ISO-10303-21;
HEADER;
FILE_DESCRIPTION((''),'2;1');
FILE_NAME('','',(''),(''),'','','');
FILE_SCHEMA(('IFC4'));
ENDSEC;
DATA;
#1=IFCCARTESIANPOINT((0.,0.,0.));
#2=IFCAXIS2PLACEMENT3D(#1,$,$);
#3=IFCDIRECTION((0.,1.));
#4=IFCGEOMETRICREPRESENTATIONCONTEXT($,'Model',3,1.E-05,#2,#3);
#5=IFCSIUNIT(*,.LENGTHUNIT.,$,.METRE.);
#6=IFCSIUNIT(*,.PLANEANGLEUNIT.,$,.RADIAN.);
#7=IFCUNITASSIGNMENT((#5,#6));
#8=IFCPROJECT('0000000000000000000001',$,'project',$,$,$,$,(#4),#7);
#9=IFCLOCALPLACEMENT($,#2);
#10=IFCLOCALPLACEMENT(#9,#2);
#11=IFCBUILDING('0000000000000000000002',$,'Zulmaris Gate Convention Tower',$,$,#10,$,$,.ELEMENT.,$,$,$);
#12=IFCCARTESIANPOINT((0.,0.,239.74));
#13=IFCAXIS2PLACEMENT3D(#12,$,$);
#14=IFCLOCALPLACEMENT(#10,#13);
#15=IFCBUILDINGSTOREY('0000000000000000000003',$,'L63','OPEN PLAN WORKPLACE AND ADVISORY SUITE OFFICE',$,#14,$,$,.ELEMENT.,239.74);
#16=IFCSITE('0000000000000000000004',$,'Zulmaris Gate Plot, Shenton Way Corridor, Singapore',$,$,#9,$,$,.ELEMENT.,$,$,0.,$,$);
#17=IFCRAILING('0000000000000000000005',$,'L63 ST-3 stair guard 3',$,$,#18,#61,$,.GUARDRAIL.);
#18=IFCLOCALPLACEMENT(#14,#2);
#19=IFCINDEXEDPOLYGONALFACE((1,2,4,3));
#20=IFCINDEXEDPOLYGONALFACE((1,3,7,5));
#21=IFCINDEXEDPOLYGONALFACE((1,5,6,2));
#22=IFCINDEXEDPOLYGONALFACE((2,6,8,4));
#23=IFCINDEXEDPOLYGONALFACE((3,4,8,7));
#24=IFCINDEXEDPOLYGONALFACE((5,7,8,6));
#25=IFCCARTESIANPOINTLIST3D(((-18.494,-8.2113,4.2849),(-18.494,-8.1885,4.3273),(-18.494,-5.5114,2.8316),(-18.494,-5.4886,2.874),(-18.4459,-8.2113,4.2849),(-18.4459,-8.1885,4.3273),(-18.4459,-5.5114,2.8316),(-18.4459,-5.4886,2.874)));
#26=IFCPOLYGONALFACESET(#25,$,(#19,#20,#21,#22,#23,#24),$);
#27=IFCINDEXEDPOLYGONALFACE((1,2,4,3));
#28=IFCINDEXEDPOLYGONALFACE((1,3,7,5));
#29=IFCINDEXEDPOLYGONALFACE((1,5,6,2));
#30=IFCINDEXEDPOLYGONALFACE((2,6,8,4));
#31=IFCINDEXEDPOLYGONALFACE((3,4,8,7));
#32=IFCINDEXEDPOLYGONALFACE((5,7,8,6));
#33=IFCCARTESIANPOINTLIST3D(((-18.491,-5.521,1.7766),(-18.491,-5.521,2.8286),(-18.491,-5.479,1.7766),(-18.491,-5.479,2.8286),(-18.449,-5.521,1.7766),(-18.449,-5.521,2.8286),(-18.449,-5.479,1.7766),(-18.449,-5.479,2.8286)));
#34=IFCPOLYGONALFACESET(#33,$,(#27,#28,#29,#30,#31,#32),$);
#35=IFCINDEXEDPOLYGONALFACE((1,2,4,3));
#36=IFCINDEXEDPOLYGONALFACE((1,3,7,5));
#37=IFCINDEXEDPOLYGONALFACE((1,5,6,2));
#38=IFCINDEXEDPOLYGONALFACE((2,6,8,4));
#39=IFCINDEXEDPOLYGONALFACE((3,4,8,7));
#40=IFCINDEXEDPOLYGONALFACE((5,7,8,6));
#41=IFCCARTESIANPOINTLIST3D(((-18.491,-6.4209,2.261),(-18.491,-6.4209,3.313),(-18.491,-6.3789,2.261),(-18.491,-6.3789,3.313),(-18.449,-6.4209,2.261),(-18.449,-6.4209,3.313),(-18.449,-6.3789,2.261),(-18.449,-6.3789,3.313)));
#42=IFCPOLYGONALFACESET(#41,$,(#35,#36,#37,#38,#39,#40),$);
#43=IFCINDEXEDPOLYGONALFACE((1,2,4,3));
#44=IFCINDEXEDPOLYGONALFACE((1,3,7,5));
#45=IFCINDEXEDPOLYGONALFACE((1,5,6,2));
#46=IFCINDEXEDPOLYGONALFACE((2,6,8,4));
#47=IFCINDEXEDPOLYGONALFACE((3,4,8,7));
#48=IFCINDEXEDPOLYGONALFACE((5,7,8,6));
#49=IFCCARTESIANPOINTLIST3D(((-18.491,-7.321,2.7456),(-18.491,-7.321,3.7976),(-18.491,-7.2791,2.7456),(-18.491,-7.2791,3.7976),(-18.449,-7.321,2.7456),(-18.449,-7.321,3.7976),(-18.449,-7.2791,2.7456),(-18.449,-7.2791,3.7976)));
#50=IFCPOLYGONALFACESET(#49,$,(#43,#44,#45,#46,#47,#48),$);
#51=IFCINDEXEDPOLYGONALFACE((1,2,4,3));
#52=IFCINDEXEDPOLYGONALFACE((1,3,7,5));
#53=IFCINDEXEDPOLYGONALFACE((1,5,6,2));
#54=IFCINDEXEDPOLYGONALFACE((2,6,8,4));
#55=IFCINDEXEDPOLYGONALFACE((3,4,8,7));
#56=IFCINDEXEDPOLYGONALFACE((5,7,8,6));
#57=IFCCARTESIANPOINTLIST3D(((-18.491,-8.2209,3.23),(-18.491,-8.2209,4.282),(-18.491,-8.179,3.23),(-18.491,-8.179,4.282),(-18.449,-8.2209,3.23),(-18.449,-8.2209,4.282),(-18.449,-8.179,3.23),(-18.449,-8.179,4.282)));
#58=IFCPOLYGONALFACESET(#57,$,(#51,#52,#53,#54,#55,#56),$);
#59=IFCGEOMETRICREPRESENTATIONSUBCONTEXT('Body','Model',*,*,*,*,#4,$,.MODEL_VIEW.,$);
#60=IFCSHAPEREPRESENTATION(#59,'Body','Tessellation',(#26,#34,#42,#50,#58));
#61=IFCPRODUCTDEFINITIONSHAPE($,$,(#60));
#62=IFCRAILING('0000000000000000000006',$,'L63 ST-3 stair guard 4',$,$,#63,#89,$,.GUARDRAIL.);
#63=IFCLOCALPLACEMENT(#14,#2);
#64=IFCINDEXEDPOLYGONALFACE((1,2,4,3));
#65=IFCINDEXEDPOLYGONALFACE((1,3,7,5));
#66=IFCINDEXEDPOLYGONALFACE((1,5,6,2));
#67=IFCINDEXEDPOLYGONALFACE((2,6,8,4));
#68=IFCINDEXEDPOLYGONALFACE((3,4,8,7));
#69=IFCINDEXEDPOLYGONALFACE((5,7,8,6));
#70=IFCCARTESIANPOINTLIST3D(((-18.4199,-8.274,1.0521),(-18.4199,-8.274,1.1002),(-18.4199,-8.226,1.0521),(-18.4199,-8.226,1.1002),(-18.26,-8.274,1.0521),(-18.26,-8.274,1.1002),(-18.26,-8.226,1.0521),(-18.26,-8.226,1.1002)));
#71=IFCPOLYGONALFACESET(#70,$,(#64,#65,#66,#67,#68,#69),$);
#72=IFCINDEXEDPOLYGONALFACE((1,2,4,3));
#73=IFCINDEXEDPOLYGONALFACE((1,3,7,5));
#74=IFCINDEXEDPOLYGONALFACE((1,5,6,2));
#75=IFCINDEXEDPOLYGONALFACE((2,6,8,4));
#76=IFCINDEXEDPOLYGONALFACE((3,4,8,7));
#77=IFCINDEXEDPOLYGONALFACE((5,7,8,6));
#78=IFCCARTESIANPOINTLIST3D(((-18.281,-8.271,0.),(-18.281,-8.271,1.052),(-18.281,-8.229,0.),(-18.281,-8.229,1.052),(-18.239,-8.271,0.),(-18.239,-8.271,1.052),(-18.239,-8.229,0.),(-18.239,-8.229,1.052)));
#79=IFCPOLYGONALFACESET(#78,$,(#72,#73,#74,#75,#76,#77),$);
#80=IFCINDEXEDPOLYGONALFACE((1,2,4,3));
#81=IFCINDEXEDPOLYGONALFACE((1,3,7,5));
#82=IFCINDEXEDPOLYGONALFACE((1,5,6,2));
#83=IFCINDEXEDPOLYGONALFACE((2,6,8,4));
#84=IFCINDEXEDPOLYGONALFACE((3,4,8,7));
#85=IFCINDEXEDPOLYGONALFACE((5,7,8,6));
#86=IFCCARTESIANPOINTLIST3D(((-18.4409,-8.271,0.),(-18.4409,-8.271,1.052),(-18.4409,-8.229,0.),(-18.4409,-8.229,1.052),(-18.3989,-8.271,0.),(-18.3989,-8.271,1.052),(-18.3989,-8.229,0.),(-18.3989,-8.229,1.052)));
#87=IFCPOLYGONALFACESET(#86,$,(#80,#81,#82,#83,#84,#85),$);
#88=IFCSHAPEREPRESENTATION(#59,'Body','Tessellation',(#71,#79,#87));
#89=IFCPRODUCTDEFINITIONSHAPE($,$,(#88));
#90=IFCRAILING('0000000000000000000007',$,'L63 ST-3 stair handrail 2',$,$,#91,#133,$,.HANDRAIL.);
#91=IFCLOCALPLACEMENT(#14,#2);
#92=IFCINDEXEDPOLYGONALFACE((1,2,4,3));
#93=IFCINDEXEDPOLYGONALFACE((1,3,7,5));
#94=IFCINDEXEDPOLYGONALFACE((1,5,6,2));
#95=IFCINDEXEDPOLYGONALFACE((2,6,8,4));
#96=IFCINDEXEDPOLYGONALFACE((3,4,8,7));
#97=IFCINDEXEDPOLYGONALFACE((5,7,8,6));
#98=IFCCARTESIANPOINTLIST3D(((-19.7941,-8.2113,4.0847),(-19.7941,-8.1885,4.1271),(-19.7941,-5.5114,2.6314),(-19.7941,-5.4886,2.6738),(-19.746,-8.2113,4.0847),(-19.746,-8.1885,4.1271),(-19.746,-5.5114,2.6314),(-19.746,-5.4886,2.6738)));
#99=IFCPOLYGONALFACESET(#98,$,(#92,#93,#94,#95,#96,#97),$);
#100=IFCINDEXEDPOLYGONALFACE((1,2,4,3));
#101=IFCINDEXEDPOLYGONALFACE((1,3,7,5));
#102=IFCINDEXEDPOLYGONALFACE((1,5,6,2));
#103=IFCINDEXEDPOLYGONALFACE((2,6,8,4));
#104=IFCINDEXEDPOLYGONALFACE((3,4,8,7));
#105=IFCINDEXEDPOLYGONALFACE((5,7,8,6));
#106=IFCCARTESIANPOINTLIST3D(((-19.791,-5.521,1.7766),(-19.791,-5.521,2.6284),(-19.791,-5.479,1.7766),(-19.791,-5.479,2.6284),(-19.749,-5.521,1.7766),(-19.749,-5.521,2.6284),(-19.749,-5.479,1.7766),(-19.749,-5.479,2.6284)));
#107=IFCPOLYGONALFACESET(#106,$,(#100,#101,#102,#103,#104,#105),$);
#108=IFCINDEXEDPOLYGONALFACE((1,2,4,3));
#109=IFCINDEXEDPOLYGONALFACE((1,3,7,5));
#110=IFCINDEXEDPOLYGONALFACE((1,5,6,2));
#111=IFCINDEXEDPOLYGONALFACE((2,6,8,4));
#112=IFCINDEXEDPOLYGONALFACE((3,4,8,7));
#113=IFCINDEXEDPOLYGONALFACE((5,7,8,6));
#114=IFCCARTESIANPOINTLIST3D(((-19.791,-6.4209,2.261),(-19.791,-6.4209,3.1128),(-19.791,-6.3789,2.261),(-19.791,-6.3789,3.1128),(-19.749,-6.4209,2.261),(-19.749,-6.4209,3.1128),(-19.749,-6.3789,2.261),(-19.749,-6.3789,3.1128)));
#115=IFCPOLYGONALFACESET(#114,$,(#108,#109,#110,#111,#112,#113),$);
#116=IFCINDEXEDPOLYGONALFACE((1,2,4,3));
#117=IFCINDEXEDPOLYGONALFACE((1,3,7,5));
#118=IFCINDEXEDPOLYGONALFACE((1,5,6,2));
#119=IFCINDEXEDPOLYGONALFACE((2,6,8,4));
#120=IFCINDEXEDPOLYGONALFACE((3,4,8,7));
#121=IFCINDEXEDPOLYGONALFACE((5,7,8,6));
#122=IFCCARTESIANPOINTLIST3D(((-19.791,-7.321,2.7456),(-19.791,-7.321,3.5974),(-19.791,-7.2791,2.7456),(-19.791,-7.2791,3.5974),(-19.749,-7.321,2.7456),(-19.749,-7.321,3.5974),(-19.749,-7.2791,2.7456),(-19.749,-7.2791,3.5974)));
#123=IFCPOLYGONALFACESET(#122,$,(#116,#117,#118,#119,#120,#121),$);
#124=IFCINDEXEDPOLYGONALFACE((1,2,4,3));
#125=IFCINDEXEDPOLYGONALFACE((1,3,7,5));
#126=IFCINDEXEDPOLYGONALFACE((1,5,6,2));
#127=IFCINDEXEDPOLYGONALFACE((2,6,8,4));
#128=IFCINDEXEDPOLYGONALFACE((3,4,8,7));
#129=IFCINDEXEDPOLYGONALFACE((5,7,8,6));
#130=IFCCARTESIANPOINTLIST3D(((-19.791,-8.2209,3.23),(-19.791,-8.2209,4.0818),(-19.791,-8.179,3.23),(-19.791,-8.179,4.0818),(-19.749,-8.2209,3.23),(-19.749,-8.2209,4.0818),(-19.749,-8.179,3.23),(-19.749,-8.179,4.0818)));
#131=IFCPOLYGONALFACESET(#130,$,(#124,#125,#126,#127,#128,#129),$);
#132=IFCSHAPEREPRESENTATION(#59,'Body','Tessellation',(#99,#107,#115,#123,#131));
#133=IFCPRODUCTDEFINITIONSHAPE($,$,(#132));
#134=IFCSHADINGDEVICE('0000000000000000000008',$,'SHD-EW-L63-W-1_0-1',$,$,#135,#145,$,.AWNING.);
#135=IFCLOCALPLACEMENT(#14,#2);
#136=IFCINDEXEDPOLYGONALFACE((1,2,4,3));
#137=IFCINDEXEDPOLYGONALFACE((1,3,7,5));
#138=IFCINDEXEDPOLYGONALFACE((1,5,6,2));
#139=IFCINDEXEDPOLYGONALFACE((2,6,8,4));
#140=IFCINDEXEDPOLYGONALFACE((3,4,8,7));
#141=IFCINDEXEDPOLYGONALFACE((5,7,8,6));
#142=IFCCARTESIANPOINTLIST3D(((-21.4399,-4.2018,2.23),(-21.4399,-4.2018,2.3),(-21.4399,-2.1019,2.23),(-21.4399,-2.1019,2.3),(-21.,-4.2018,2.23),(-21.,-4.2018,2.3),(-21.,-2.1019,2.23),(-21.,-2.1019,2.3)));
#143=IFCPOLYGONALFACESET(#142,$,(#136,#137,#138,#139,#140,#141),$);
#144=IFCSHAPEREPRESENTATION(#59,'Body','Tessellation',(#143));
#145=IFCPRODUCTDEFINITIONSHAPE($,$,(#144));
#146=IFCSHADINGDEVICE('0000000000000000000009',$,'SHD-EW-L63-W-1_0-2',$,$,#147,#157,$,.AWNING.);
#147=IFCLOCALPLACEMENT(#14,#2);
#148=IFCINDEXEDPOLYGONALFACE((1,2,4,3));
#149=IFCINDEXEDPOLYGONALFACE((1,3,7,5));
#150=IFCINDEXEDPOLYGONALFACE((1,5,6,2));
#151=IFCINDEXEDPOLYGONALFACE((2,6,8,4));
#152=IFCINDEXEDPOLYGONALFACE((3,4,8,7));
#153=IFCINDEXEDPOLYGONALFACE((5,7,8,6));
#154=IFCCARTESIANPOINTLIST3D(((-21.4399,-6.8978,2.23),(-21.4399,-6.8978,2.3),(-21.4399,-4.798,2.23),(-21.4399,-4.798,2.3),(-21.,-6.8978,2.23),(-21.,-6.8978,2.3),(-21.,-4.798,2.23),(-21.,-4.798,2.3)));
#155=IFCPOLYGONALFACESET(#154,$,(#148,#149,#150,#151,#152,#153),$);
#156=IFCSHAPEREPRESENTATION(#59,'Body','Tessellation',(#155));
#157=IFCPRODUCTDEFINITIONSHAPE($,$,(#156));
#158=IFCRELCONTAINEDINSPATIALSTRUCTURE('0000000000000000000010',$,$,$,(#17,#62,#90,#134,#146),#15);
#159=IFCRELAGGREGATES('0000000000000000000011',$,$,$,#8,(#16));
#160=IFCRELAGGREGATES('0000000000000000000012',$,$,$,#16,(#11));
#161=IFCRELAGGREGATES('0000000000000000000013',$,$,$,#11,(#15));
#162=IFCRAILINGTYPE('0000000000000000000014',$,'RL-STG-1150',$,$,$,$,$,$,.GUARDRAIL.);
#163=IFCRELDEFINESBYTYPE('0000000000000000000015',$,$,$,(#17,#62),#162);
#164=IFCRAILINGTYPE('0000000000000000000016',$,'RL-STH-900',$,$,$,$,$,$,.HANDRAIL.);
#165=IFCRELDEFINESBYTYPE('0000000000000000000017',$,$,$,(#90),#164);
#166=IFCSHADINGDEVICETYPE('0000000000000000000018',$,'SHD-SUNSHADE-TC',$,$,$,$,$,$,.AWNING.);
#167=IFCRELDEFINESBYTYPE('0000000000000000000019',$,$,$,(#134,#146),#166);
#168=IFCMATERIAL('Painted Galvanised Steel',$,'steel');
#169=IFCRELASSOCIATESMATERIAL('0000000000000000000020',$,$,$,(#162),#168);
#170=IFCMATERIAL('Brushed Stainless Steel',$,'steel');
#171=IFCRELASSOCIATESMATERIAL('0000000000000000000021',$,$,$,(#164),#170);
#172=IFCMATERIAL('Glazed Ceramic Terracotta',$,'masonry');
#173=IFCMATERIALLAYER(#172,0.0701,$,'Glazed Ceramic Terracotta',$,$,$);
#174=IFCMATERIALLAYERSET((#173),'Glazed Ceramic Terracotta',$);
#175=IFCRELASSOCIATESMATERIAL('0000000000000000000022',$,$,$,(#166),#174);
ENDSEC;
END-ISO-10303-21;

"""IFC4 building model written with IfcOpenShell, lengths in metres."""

from ifc_helpers import new_model, si_unit, direction, frame, frame_2d, origin, origin_2d, place, context, subcontext, project, spatial, rectangle, extrude, material, layer, layer_set, type_object, element, save


model = new_model("IFC4")

# Units and contexts
model_context = context("Model", 3, precision=1e-05, world=origin(), true_north=direction((0.0, 1.0)))
body_context = subcontext(model_context, "Body", "Model", "MODEL_VIEW")
ifc_project = project(units=[si_unit("LENGTHUNIT", "METRE"), si_unit("PLANEANGLEUNIT", "RADIAN")], contexts=[model_context])

# Site, building, storey
site_placement = place(None, origin())
site = spatial("IfcSite", under=ifc_project, at=site_placement, Name="Zulmaris Gate Plot, Shenton Way Corridor, Singapore", CompositionType="ELEMENT", RefElevation=0.0)
building_placement = place(site_placement, origin())
building = spatial("IfcBuilding", under=site, at=building_placement, Name="Zulmaris Gate Convention Tower", CompositionType="ELEMENT")
storey_placement = place(building_placement, frame((0.0, 0.0, 239.74)))
storey = spatial("IfcBuildingStorey", under=building, at=storey_placement, Name="L63", Description="OPEN PLAN WORKPLACE AND ADVISORY SUITE OFFICE", CompositionType="ELEMENT", Elevation=239.74)

# Railings
ifc_material_1 = material(Name="Painted Galvanised Steel", Category="steel")
railing_type_1 = type_object("IfcRailingType", Name="RL-STG-1150", PredefinedType="GUARDRAIL", material=ifc_material_1)
railing_1_placement = place(storey_placement, frame((-18.47, -5.5, 1.7766)))
element("IfcRailing", 1, at=railing_1_placement, inside=storey, type_object=railing_type_1, Name="L63 ST-3 stair guard 3", PredefinedType="GUARDRAIL", context=body_context, shape_type="SweptSolid", body=[
    extrude(rectangle(XDim=0.0481, YDim=0.0481, at=origin_2d()), frame((0.0, 0.0, 1.0762), z_axis=(0.0, -0.880532, 0.473986), x_axis=(1.0, 0.0, 0.0)), (0.0, 0.0, 1.0), 3.0662),
    extrude(rectangle(XDim=0.042, YDim=0.042, at=origin_2d()), origin(), (0.0, 0.0, 1.0), 1.052),
    extrude(rectangle(XDim=0.042, YDim=0.042, at=origin_2d()), frame((0.0, -0.8999, 0.4844)), (0.0, 0.0, 1.0), 1.052),
    extrude(rectangle(XDim=0.042, YDim=0.042, at=origin_2d()), frame((0.0, -1.8, 0.969)), (0.0, 0.0, 1.0), 1.052),
    extrude(rectangle(XDim=0.042, YDim=0.042, at=origin_2d()), frame((0.0, -2.7, 1.4534)), (0.0, 0.0, 1.0), 1.052),
])
railing_2_placement = place(storey_placement, frame((-18.26, -8.25, 0.0)))
element("IfcRailing", 2, at=railing_2_placement, inside=storey, type_object=railing_type_1, Name="L63 ST-3 stair guard 4", PredefinedType="GUARDRAIL", context=body_context, shape_type="SweptSolid", body=[
    extrude(rectangle(XDim=0.0481, YDim=0.0481, at=origin_2d()), frame((0.0, 0.0, 1.0762), z_axis=(-1.0, 0.0, 0.0), x_axis=(0.0, -1.0, 0.0)), (0.0, 0.0, 1.0), 0.1599),
    extrude(rectangle(XDim=0.042, YDim=0.042, at=origin_2d()), origin(), (0.0, 0.0, 1.0), 1.052),
    extrude(rectangle(XDim=0.042, YDim=0.042, at=origin_2d()), frame((-0.1599, 0.0, 0.0)), (0.0, 0.0, 1.0), 1.052),
])
ifc_material_2 = material(Name="Brushed Stainless Steel", Category="steel")
railing_type_2 = type_object("IfcRailingType", Name="RL-STH-900", PredefinedType="HANDRAIL", material=ifc_material_2)
railing_3_placement = place(storey_placement, frame((-19.77, -5.5, 1.7766)))
element("IfcRailing", 3, at=railing_3_placement, inside=storey, type_object=railing_type_2, Name="L63 ST-3 stair handrail 2", PredefinedType="HANDRAIL", context=body_context, shape_type="SweptSolid", body=[
    extrude(rectangle(XDim=0.0481, YDim=0.0481, at=origin_2d()), frame((0.0, 0.0, 0.876), z_axis=(0.0, -0.880532, 0.473986), x_axis=(1.0, 0.0, 0.0)), (0.0, 0.0, 1.0), 3.0662),
    extrude(rectangle(XDim=0.042, YDim=0.042, at=origin_2d()), origin(), (0.0, 0.0, 1.0), 0.8518),
    extrude(rectangle(XDim=0.042, YDim=0.042, at=origin_2d()), frame((0.0, -0.8999, 0.4844)), (0.0, 0.0, 1.0), 0.8518),
    extrude(rectangle(XDim=0.042, YDim=0.042, at=origin_2d()), frame((0.0, -1.8, 0.969)), (0.0, 0.0, 1.0), 0.8518),
    extrude(rectangle(XDim=0.042, YDim=0.042, at=origin_2d()), frame((0.0, -2.7, 1.4534)), (0.0, 0.0, 1.0), 0.8518),
])

# Shading devices
ifc_material_3 = material(Name="Glazed Ceramic Terracotta", Category="masonry")
ifc_layer_1 = layer(ifc_material_3, 0.0701, Name="Glazed Ceramic Terracotta")
ifc_layer_set_1 = layer_set([ifc_layer_1], Name="Glazed Ceramic Terracotta")
shading_device_type = type_object("IfcShadingDeviceType", Name="SHD-SUNSHADE-TC", PredefinedType="AWNING", material=ifc_layer_set_1)
for number, where, z_axis, x_axis, name in (
    (4, (-21.22, -2.1021, 2.23), (0.0, 0.0, 1.0), (0.0, -1.0, 0.0), "SHD-EW-L63-W-1_0-1"),
    (5, (-21.22, -4.7981, 2.23), (0.0, 0.0, 1.0), (0.0, -1.0, 0.0), "SHD-EW-L63-W-1_0-2"),
):
    element("IfcShadingDevice", number, at=place(storey_placement, frame(where, z_axis=z_axis, x_axis=x_axis)), inside=storey, type_object=shading_device_type, Name=name, PredefinedType="AWNING", context=body_context, shape_type="SweptSolid", body=[
        extrude(rectangle(XDim=2.0999, YDim=0.4399, at=frame_2d((1.0498, 0.0))), origin(), (0.0, 0.0, 1.0), 0.0701),
    ])

save(model, "model.ifc")
